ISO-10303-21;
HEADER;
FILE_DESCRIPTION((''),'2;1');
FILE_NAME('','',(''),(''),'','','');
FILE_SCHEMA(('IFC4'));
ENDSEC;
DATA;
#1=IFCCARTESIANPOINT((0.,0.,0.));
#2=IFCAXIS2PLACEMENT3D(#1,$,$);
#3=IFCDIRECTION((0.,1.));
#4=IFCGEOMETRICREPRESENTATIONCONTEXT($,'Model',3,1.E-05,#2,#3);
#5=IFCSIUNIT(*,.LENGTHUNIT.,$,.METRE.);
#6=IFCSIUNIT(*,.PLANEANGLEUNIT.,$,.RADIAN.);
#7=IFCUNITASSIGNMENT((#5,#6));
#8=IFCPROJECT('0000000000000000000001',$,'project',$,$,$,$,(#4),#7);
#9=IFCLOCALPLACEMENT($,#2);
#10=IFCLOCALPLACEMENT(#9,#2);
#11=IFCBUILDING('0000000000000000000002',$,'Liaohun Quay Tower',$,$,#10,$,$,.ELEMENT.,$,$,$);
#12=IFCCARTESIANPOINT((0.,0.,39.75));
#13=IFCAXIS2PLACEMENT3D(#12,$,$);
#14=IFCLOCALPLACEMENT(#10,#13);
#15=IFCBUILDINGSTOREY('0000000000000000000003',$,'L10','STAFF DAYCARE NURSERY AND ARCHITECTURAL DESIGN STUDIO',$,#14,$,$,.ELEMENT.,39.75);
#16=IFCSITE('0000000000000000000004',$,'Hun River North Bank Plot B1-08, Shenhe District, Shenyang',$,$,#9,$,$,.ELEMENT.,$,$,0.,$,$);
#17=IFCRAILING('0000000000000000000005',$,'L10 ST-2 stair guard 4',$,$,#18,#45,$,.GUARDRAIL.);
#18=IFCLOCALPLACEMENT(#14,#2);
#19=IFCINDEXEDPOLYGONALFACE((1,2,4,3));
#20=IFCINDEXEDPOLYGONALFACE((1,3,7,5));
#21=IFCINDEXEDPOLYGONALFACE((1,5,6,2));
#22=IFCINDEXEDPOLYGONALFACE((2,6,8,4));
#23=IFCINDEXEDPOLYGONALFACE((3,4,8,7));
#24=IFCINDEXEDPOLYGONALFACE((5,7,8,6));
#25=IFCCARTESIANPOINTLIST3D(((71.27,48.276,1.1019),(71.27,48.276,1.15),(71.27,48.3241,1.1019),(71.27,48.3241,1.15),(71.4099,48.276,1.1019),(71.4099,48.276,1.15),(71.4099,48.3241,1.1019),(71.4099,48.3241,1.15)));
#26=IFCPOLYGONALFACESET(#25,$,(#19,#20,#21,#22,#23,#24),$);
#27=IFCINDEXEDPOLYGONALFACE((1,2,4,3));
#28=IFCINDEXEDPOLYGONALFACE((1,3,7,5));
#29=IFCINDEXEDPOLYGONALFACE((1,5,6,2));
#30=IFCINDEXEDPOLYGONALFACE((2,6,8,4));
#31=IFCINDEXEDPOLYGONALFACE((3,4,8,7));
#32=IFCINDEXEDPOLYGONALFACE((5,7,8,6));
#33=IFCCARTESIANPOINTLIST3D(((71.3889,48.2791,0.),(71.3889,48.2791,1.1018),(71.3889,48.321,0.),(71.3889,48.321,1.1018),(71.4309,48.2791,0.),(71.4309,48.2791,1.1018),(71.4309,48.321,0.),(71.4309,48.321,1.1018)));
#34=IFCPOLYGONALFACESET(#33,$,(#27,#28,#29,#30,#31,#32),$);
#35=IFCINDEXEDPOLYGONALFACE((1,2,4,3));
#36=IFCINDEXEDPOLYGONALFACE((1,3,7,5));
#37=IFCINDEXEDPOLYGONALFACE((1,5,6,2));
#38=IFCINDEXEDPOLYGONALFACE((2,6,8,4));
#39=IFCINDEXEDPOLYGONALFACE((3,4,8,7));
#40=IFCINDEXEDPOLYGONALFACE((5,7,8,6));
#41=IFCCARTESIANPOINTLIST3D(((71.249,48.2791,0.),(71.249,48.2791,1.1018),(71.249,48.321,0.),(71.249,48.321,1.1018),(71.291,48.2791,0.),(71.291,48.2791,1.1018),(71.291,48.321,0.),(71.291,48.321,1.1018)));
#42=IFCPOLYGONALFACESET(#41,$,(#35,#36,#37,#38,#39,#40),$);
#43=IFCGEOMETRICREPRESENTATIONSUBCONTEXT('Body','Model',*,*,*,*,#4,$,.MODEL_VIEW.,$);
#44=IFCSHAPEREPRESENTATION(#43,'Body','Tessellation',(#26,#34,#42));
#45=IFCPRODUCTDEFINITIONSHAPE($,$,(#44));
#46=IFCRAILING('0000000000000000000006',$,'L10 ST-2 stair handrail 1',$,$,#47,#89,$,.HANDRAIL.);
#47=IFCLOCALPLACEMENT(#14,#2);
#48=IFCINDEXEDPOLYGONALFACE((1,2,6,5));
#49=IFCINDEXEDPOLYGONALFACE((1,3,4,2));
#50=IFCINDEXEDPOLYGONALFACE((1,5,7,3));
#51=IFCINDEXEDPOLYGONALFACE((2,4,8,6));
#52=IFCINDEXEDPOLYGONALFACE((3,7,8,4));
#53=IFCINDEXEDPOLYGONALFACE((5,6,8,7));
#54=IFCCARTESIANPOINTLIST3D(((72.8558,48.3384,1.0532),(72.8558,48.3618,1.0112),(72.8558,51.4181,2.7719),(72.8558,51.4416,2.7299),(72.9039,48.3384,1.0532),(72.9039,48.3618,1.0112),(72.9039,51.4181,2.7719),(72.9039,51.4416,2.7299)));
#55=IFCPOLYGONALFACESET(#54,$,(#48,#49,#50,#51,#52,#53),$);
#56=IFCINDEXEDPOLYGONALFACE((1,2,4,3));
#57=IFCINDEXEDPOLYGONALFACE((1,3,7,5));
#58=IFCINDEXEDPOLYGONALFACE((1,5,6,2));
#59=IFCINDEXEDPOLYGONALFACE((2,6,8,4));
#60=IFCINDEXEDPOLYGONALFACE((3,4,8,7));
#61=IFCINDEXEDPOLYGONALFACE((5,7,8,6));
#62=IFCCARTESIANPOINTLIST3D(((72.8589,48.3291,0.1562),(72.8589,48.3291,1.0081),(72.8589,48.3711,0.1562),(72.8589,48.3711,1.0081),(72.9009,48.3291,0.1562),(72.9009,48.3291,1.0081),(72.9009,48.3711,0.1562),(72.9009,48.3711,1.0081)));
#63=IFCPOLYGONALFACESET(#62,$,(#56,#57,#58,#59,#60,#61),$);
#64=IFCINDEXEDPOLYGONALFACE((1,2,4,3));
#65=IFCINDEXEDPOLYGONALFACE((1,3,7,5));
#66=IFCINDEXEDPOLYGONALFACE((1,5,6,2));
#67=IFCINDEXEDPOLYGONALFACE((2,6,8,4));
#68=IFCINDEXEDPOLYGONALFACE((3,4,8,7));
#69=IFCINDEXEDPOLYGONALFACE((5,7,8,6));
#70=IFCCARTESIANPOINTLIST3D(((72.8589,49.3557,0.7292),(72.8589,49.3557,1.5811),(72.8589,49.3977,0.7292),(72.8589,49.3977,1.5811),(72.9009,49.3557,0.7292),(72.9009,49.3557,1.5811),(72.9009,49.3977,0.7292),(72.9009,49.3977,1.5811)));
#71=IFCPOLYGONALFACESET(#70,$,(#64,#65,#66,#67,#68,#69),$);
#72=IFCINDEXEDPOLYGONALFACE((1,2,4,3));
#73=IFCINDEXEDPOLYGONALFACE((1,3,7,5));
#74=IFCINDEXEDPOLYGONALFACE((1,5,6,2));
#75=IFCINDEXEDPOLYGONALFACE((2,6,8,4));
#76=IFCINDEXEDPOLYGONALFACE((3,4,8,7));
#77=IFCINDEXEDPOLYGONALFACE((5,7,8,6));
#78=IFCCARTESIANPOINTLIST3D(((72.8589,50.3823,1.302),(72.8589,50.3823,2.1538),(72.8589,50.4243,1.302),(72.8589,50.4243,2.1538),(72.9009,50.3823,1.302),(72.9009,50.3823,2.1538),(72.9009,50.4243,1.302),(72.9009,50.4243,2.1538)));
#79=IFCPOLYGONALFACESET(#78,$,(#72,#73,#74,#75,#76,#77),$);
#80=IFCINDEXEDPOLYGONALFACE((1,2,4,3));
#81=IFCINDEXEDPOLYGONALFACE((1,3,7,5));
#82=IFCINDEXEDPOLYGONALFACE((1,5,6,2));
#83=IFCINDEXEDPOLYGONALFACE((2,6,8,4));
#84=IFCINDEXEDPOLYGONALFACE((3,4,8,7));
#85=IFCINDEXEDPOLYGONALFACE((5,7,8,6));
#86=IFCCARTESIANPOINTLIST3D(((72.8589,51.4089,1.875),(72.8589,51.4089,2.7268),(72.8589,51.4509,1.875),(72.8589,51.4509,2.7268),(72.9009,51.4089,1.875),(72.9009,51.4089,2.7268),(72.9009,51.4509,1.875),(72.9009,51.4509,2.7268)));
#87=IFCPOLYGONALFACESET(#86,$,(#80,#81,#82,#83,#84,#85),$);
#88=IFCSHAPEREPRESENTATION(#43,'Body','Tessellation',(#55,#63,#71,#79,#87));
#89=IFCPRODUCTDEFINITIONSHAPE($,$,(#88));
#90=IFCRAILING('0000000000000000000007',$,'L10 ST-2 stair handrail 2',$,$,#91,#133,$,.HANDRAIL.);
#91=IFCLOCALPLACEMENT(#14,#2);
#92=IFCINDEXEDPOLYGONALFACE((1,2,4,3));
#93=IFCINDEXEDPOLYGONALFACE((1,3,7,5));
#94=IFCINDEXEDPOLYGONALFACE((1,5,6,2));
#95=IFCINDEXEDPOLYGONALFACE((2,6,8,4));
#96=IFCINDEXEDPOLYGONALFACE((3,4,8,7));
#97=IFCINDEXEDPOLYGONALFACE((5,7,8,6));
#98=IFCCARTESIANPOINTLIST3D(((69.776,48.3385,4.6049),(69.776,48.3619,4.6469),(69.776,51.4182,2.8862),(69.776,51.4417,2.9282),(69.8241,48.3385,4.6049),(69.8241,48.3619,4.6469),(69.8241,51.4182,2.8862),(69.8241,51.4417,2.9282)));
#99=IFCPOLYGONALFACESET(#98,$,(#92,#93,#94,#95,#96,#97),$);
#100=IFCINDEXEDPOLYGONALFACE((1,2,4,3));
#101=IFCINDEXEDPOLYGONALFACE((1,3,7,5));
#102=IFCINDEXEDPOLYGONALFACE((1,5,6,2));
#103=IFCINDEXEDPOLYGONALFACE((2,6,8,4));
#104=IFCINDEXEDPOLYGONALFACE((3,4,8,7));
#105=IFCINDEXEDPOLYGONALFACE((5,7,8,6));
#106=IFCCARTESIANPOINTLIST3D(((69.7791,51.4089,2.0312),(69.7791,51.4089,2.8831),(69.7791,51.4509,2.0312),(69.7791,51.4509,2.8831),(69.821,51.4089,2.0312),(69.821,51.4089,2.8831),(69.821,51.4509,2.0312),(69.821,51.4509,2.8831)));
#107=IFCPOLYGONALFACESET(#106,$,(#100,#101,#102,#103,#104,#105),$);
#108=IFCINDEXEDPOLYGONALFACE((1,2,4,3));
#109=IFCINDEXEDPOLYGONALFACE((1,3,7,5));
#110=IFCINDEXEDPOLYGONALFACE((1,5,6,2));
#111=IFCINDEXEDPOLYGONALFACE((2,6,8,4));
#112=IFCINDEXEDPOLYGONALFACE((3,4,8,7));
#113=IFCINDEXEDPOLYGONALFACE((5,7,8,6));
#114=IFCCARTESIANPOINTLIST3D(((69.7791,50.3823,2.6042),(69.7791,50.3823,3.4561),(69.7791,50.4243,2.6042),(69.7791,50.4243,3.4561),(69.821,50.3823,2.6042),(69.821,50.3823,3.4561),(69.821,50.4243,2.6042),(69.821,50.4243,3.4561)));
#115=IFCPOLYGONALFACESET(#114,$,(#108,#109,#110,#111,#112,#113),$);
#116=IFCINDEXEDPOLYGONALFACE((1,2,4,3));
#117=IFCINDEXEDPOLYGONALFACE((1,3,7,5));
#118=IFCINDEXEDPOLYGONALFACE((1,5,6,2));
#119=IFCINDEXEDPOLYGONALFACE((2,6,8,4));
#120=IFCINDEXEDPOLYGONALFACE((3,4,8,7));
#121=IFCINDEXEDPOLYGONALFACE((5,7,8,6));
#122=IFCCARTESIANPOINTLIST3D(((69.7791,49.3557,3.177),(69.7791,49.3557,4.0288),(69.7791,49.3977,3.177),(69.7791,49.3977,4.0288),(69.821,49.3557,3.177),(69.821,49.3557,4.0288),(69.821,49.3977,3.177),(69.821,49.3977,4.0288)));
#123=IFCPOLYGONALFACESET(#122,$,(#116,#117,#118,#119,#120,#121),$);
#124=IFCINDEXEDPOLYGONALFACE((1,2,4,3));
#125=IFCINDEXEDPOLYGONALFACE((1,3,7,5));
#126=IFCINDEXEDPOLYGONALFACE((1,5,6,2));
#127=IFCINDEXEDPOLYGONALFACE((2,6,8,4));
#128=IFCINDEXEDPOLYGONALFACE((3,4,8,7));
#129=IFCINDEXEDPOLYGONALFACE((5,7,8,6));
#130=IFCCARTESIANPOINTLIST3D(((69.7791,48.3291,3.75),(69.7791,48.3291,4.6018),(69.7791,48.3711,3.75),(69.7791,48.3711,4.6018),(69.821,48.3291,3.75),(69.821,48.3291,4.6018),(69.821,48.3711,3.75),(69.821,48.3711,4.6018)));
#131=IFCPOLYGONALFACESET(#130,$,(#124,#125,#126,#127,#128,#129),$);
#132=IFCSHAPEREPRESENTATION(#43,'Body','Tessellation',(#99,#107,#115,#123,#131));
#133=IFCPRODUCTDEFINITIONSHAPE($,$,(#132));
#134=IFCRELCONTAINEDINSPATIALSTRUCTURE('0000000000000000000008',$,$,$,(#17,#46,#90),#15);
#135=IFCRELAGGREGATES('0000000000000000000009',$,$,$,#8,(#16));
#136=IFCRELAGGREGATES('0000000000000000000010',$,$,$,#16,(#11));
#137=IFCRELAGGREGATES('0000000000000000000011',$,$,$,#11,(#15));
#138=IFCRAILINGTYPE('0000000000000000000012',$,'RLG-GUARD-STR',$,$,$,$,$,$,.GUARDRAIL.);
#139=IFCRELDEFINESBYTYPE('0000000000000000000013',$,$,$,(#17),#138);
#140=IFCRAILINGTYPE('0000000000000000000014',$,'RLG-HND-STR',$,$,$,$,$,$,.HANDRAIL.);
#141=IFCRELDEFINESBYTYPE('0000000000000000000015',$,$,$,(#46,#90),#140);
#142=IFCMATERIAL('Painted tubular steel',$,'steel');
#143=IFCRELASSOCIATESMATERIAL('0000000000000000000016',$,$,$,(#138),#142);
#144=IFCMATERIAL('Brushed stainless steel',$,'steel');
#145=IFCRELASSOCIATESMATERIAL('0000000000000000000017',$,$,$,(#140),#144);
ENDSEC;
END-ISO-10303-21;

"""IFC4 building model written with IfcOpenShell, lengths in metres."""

from ifc_helpers import new_model, si_unit, direction, frame, origin, origin_2d, place, context, subcontext, project, spatial, rectangle, extrude, material, type_object, element, save


model = new_model("IFC4")

# Units and contexts
model_context = context("Model", 3, precision=1e-05, world=origin(), true_north=direction((0.0, 1.0)))
body_context = subcontext(model_context, "Body", "Model", "MODEL_VIEW")
ifc_project = project(units=[si_unit("LENGTHUNIT", "METRE"), si_unit("PLANEANGLEUNIT", "RADIAN")], contexts=[model_context])

# Site, building, storey
site_placement = place(None, origin())
site = spatial("IfcSite", under=ifc_project, at=site_placement, Name="Hun River North Bank Plot B1-08, Shenhe District, Shenyang", CompositionType="ELEMENT", RefElevation=0.0)
building_placement = place(site_placement, origin())
building = spatial("IfcBuilding", under=site, at=building_placement, Name="Liaohun Quay Tower", CompositionType="ELEMENT")
storey_placement = place(building_placement, frame((0.0, 0.0, 39.75)))
storey = spatial("IfcBuildingStorey", under=building, at=storey_placement, Name="L10", Description="STAFF DAYCARE NURSERY AND ARCHITECTURAL DESIGN STUDIO", CompositionType="ELEMENT", Elevation=39.75)

# Railings
ifc_material_1 = material(Name="Painted tubular steel", Category="steel")
railing_type_1 = type_object("IfcRailingType", Name="RLG-GUARD-STR", PredefinedType="GUARDRAIL", material=ifc_material_1)
railing_1_placement = place(storey_placement, frame((71.4099, 48.3, 0.0)))
element("IfcRailing", 1, at=railing_1_placement, inside=storey, type_object=railing_type_1, Name="L10 ST-2 stair guard 4", PredefinedType="GUARDRAIL", context=body_context, shape_type="SweptSolid", body=[
    extrude(rectangle(XDim=0.0481, YDim=0.0481, at=origin_2d()), frame((0.0, 0.0, 1.126), z_axis=(-1.0, 0.0, 0.0), x_axis=(0.0, -1.0, 0.0)), (0.0, 0.0, 1.0), 0.1399),
    extrude(rectangle(XDim=0.042, YDim=0.042, at=origin_2d()), origin(), (0.0, 0.0, 1.0), 1.1018),
    extrude(rectangle(XDim=0.042, YDim=0.042, at=origin_2d()), frame((-0.1399, 0.0, 0.0)), (0.0, 0.0, 1.0), 1.1018),
])
ifc_material_2 = material(Name="Brushed stainless steel", Category="steel")
railing_type_2 = type_object("IfcRailingType", Name="RLG-HND-STR", PredefinedType="HANDRAIL", material=ifc_material_2)
railing_2_placement = place(storey_placement, frame((72.8799, 48.3501, 0.1562)))
element("IfcRailing", 2, at=railing_2_placement, inside=storey, type_object=railing_type_2, Name="L10 ST-2 stair handrail 1", PredefinedType="HANDRAIL", context=body_context, shape_type="SweptSolid", body=[
    extrude(rectangle(XDim=0.0481, YDim=0.0481, at=origin_2d()), frame((0.0, 0.0, 0.876), z_axis=(0.0, 0.873225, 0.487317), x_axis=(-1.0, 0.0, 0.0)), (0.0, 0.0, 1.0), 3.5269),
    extrude(rectangle(XDim=0.042, YDim=0.042, at=origin_2d()), origin(), (0.0, 0.0, 1.0), 0.8518),
    extrude(rectangle(XDim=0.042, YDim=0.042, at=origin_2d()), frame((0.0, 1.0266, 0.573)), (0.0, 0.0, 1.0), 0.8518),
    extrude(rectangle(XDim=0.042, YDim=0.042, at=origin_2d()), frame((0.0, 2.0532, 1.1458)), (0.0, 0.0, 1.0), 0.8518),
    extrude(rectangle(XDim=0.042, YDim=0.042, at=origin_2d()), frame((0.0, 3.0798, 1.7188)), (0.0, 0.0, 1.0), 0.8518),
])
railing_3_placement = place(storey_placement, frame((69.8, 51.4299, 2.0312)))
element("IfcRailing", 3, at=railing_3_placement, inside=storey, type_object=railing_type_2, Name="L10 ST-2 stair handrail 2", PredefinedType="HANDRAIL", context=body_context, shape_type="SweptSolid", body=[
    extrude(rectangle(XDim=0.0481, YDim=0.0481, at=origin_2d()), frame((0.0, 0.0, 0.876), z_axis=(0.0, -0.873225, 0.487317), x_axis=(1.0, 0.0, 0.0)), (0.0, 0.0, 1.0), 3.5269),
    extrude(rectangle(XDim=0.042, YDim=0.042, at=origin_2d()), origin(), (0.0, 0.0, 1.0), 0.8518),
    extrude(rectangle(XDim=0.042, YDim=0.042, at=origin_2d()), frame((0.0, -1.0266, 0.573)), (0.0, 0.0, 1.0), 0.8518),
    extrude(rectangle(XDim=0.042, YDim=0.042, at=origin_2d()), frame((0.0, -2.0532, 1.1458)), (0.0, 0.0, 1.0), 0.8518),
    extrude(rectangle(XDim=0.042, YDim=0.042, at=origin_2d()), frame((0.0, -3.0798, 1.7188)), (0.0, 0.0, 1.0), 0.8518),
])

save(model, "model.ifc")
